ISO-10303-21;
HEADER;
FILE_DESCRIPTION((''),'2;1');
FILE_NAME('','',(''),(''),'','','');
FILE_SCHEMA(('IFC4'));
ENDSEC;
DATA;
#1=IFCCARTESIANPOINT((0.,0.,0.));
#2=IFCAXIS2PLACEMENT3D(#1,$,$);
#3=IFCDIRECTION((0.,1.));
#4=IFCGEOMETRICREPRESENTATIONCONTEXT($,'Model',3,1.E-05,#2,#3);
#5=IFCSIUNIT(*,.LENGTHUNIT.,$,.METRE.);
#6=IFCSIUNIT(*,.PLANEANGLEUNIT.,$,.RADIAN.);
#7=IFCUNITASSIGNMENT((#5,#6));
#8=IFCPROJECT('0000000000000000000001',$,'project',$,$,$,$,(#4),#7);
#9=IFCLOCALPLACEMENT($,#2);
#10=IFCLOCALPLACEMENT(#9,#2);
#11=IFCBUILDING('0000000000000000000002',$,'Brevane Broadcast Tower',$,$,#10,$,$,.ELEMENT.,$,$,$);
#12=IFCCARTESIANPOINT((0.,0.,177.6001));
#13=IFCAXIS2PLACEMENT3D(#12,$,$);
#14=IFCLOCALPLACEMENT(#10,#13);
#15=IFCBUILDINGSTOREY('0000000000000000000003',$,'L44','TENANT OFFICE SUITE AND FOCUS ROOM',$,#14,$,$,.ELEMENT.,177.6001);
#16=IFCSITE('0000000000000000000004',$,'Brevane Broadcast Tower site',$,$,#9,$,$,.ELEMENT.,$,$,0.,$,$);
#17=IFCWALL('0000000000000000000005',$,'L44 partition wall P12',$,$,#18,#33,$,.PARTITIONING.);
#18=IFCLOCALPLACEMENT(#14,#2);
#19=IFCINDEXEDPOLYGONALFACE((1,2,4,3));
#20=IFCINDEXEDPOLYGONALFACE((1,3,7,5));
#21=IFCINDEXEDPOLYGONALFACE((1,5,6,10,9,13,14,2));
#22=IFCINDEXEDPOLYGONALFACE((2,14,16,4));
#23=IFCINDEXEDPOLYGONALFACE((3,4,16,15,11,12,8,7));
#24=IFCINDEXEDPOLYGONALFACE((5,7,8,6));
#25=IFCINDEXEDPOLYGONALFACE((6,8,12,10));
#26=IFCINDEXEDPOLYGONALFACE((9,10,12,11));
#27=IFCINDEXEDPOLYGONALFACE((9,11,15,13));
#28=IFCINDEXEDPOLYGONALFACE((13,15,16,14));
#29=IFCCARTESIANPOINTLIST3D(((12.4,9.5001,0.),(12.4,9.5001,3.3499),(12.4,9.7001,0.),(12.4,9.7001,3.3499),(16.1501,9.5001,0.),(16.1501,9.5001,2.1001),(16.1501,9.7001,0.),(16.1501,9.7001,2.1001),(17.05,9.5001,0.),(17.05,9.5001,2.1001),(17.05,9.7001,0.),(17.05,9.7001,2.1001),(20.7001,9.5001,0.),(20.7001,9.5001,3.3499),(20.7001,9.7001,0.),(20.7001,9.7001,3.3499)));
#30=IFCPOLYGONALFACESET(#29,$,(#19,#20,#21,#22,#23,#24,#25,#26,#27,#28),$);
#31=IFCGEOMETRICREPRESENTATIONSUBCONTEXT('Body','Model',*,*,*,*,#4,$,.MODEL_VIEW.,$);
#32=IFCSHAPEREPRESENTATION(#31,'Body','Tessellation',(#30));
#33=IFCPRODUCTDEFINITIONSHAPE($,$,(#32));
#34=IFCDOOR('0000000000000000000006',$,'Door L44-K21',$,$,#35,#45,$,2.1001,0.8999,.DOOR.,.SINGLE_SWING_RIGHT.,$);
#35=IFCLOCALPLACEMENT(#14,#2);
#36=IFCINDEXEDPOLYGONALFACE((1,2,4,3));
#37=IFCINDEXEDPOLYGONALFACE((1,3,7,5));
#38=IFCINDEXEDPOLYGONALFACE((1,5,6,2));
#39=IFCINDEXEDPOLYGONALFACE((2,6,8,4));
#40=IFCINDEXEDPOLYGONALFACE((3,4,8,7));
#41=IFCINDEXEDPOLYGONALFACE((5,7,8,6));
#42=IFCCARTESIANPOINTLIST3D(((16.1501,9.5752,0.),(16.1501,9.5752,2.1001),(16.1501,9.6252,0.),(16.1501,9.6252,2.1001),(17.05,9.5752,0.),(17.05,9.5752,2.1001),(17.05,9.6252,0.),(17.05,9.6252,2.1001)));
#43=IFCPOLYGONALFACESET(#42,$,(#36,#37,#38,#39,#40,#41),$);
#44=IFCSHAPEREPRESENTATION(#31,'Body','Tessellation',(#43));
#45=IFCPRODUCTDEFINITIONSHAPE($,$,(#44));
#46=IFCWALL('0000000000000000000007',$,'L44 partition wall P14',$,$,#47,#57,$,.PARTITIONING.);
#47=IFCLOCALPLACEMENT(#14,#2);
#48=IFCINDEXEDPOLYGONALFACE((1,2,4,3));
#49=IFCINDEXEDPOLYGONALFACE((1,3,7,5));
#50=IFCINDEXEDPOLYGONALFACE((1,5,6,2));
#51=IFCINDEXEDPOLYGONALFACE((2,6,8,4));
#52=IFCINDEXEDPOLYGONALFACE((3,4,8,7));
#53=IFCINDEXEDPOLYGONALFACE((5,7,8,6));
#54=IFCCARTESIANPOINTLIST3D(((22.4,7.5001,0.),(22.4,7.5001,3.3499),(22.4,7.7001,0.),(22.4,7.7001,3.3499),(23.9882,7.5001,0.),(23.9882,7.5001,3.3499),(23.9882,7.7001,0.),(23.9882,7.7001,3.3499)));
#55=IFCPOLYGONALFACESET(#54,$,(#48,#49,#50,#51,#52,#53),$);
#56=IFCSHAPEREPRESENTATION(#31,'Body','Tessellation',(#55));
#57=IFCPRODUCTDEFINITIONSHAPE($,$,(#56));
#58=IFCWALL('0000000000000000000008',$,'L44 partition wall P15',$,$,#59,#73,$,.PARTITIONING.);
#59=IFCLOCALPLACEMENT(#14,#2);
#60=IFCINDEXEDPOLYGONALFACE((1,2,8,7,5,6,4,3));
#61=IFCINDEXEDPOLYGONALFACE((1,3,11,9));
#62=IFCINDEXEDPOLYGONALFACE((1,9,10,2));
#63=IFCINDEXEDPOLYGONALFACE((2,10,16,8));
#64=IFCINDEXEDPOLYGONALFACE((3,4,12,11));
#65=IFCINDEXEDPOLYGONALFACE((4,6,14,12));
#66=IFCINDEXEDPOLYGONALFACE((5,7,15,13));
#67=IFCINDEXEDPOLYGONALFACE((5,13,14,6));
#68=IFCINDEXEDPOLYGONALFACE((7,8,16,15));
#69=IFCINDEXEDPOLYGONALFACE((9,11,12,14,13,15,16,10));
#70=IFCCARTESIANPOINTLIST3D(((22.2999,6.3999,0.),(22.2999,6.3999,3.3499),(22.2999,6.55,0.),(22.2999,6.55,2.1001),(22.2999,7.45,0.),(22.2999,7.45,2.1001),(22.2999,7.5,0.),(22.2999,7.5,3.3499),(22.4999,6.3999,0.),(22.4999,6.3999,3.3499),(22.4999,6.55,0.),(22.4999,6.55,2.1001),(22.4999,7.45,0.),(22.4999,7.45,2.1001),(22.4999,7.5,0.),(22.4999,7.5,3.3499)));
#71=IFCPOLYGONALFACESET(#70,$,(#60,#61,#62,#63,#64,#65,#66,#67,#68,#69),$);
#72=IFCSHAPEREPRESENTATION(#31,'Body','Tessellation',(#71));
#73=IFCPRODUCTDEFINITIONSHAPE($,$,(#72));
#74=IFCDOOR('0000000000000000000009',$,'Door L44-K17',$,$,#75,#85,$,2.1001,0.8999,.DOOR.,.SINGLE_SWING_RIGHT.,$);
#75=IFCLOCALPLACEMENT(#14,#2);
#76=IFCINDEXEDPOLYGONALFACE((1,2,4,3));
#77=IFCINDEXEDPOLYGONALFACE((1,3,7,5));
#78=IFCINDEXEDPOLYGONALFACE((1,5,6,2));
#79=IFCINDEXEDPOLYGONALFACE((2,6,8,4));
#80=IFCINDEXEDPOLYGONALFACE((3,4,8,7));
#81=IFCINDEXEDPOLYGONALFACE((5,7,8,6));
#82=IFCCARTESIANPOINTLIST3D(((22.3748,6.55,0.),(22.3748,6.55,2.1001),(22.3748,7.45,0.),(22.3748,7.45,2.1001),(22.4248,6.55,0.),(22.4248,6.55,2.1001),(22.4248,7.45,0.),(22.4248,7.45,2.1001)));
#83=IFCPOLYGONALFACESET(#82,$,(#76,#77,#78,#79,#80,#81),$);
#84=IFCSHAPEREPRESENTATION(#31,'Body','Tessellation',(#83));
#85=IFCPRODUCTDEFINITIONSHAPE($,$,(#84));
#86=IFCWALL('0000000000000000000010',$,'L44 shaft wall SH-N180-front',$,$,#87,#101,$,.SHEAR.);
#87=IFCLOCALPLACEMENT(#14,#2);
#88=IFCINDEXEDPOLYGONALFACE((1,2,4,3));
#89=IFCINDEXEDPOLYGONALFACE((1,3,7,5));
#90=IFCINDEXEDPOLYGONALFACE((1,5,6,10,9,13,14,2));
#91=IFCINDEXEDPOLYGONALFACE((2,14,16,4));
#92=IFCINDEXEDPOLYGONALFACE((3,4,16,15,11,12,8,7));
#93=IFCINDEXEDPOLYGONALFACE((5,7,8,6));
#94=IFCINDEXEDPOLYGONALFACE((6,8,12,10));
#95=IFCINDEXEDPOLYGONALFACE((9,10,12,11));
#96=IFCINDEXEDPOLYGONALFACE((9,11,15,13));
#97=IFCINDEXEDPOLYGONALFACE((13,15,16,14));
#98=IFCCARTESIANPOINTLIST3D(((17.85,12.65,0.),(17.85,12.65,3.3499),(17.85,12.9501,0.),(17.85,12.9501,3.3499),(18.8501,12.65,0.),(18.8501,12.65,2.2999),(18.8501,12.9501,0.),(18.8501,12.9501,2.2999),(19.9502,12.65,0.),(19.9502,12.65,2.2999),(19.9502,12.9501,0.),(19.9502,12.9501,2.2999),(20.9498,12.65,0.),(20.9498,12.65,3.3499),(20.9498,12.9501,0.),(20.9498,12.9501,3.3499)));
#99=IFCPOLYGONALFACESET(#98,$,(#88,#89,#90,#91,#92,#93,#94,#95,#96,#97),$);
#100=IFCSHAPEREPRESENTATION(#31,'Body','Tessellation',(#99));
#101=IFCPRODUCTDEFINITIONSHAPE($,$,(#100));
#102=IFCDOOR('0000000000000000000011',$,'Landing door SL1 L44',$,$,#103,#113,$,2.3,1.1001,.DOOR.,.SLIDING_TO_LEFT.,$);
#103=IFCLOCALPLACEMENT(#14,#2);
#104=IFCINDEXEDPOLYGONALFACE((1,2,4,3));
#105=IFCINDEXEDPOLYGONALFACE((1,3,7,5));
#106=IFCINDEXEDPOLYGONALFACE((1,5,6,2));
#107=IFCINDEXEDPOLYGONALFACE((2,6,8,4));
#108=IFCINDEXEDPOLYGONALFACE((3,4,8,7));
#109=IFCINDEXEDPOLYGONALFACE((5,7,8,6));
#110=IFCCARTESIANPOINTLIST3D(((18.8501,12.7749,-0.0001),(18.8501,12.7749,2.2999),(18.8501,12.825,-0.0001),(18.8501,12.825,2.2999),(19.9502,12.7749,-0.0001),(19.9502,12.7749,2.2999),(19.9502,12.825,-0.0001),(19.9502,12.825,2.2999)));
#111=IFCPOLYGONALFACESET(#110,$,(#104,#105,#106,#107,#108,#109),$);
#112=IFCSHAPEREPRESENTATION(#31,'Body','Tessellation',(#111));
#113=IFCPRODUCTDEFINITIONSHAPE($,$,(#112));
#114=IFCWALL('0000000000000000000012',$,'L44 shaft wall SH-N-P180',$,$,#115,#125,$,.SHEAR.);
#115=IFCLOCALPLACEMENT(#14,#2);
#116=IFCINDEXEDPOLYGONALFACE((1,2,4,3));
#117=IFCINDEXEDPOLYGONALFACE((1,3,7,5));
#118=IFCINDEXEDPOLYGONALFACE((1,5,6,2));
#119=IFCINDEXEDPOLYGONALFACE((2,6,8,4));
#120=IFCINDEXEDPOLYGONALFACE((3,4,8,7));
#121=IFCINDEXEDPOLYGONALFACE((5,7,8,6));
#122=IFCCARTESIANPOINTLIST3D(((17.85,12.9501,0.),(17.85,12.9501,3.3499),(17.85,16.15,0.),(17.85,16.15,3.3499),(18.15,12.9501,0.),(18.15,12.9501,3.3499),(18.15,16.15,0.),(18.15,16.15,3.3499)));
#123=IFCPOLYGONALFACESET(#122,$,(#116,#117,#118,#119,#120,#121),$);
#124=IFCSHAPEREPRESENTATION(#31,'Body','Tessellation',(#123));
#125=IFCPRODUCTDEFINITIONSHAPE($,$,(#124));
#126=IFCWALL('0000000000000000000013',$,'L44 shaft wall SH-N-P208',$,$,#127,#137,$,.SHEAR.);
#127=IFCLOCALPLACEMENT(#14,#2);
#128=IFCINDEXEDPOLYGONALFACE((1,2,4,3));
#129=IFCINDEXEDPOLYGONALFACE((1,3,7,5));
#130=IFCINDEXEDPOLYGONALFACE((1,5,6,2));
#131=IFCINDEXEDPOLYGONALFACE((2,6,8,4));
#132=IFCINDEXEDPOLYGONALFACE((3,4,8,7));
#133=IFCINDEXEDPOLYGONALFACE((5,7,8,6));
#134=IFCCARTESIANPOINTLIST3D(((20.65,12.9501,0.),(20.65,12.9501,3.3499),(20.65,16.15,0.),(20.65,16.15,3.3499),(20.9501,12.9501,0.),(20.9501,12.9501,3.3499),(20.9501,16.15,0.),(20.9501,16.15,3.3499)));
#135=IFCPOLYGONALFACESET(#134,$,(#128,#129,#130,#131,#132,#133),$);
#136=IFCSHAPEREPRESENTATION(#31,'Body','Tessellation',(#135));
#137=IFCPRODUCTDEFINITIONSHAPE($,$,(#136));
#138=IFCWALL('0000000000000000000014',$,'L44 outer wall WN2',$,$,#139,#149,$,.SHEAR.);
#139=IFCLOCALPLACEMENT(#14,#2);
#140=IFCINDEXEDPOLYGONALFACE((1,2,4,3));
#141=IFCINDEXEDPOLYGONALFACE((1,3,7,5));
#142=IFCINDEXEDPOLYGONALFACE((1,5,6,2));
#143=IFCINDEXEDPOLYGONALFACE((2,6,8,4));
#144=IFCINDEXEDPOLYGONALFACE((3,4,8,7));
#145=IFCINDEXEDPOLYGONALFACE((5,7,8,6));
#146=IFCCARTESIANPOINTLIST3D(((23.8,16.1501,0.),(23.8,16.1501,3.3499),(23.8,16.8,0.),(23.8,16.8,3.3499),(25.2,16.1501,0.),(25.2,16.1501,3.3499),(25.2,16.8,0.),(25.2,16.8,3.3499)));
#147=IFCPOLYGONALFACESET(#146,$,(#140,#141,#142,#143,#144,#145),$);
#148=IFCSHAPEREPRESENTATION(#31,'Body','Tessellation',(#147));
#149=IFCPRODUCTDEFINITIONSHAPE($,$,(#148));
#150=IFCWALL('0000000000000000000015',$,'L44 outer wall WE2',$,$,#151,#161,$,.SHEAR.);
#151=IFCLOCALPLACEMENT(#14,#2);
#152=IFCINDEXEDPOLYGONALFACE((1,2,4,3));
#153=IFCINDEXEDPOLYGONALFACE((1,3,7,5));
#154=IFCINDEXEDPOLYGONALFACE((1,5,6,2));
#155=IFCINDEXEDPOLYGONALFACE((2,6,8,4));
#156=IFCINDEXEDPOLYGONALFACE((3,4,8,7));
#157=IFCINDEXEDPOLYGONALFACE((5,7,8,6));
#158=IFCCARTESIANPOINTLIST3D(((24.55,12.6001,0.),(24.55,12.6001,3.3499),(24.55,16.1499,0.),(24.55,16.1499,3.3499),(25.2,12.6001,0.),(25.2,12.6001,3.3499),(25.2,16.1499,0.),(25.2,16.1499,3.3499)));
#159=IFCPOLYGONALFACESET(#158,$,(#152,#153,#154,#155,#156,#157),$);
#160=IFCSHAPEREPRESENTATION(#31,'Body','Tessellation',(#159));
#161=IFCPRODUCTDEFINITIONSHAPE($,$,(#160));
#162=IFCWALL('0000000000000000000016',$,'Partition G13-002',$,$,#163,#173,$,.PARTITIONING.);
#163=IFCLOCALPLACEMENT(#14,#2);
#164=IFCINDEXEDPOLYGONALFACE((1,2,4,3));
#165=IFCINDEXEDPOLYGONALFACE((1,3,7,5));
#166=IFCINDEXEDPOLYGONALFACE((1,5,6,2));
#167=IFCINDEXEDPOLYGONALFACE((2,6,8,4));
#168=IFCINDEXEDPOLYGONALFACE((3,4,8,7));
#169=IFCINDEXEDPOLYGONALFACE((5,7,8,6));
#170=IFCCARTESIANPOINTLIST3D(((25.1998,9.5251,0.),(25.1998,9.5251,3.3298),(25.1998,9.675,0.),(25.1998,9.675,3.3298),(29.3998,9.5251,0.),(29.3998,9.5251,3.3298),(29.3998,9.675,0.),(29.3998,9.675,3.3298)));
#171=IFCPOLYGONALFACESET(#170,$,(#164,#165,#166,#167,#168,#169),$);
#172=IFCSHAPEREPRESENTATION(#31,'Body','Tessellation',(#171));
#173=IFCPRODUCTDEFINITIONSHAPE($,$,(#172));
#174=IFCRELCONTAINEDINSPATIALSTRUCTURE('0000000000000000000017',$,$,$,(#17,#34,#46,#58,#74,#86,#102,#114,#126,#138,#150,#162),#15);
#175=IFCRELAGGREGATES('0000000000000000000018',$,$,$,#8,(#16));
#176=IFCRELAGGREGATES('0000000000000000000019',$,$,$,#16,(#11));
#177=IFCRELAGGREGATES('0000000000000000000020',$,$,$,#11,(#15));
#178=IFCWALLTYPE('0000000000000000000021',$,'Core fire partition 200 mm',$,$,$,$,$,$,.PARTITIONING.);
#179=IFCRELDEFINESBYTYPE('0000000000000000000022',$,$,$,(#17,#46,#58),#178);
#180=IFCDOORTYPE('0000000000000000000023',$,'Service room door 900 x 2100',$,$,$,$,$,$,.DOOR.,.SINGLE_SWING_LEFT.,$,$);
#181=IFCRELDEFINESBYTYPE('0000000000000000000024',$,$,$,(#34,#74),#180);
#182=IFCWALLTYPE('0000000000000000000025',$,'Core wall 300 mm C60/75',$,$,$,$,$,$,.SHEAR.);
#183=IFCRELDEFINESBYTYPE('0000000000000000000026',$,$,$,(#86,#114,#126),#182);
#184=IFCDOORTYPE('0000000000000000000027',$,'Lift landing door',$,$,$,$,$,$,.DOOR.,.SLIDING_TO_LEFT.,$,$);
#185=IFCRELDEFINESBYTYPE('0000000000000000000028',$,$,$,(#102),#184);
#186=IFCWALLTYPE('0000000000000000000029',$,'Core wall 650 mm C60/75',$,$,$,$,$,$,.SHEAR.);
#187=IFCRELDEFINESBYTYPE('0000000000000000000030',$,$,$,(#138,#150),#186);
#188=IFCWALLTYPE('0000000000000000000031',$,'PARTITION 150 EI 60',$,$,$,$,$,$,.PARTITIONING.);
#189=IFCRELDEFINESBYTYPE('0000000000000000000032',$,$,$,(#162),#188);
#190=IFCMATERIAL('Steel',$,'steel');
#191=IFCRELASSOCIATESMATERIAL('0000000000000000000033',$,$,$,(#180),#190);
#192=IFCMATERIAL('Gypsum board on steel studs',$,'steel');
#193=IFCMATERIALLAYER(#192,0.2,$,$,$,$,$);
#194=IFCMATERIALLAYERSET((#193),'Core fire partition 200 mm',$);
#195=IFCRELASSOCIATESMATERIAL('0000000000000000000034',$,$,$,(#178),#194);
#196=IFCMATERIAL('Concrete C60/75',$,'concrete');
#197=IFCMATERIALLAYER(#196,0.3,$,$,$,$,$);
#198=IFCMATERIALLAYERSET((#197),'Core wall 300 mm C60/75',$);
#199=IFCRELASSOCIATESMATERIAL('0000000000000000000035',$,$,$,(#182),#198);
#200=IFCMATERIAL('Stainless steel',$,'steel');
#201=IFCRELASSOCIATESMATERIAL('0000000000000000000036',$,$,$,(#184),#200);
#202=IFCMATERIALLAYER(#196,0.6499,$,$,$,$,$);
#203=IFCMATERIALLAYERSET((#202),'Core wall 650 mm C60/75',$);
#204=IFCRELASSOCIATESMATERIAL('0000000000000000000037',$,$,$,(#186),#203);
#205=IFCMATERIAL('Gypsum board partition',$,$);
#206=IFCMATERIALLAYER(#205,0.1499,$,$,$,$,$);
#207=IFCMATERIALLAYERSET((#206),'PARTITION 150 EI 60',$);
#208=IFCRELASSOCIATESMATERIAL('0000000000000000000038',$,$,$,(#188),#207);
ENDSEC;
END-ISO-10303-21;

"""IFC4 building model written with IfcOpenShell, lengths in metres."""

from ifc_helpers import new_model, si_unit, direction, frame, frame_2d, origin, place, context, subcontext, project, spatial, rectangle, extrude, material, layer, layer_set, type_object, element, fill, save


model = new_model("IFC4")

# Units and contexts
model_context = context("Model", 3, precision=1e-05, world=origin(), true_north=direction((0.0, 1.0)))
body_context = subcontext(model_context, "Body", "Model", "MODEL_VIEW")
ifc_project = project(units=[si_unit("LENGTHUNIT", "METRE"), si_unit("PLANEANGLEUNIT", "RADIAN")], contexts=[model_context])

# Site, building, storey
site_placement = place(None, origin())
site = spatial("IfcSite", under=ifc_project, at=site_placement, Name="Brevane Broadcast Tower site", CompositionType="ELEMENT", RefElevation=0.0)
building_placement = place(site_placement, origin())
building = spatial("IfcBuilding", under=site, at=building_placement, Name="Brevane Broadcast Tower", CompositionType="ELEMENT")
storey_placement = place(building_placement, frame((0.0, 0.0, 177.6001)))
storey = spatial("IfcBuildingStorey", under=building, at=storey_placement, Name="L44", Description="TENANT OFFICE SUITE AND FOCUS ROOM", CompositionType="ELEMENT", Elevation=177.6001)

# Shared definitions
ifc_material_1 = material(Name="Concrete C60/75", Category="concrete")

# Shared definitions
ifc_material_2 = material(Name="Gypsum board on steel studs", Category="steel")
ifc_material_3 = material(Name="Steel", Category="steel")

# Wall, opening, door
door_type_1 = type_object("IfcDoorType", Name="Service room door 900 x 2100", OperationType="SINGLE_SWING_LEFT", PredefinedType="DOOR", material=ifc_material_3)
ifc_layer_1 = layer(ifc_material_2, 0.2)
ifc_layer_set_1 = layer_set([ifc_layer_1], Name="Core fire partition 200 mm")
wall_type_1 = type_object("IfcWallType", Name="Core fire partition 200 mm", PredefinedType="PARTITIONING", material=ifc_layer_set_1)
wall_1_placement = place(storey_placement, frame((20.7, 9.6001, 0.0), z_axis=(0.0, 0.0, 1.0), x_axis=(-1.0, 0.0, 0.0)))
wall_1 = element("IfcWall", 1, at=wall_1_placement, inside=storey, type_object=wall_type_1, Name="L44 partition wall P12", PredefinedType="PARTITIONING", context=body_context, shape_type="SweptSolid", body=[
    extrude(rectangle(XDim=8.3, YDim=0.2, at=frame_2d((4.1499, 0.0))), origin(), (0.0, 0.0, 1.0), 3.3499),
])
opening_1_placement = place(wall_1_placement, frame((3.6499, 0.0, 0.0)))
opening_1 = element("IfcOpeningElement", 2, at=opening_1_placement, cuts=wall_1, PredefinedType="OPENING", context=body_context, shape_type="SweptSolid", body=[
    extrude(rectangle(XDim=0.8999, YDim=2.1001, at=frame_2d((0.45, 1.05))), frame((0.0, 0.1099, 0.0), z_axis=(0.0, -1.0, 0.0), x_axis=(1.0, 0.0, 0.0)), (0.0, 0.0, 1.0), 0.22),
])
door_1_placement = place(opening_1_placement, origin())
door_1 = element("IfcDoor", 3, at=door_1_placement, inside=storey, type_object=door_type_1, Name="Door L44-K21", OperationType="SINGLE_SWING_RIGHT", OverallHeight=2.1001, OverallWidth=0.8999, PredefinedType="DOOR", context=body_context, shape_type="SweptSolid", body=[
    extrude(rectangle(XDim=0.8999, YDim=2.1001, at=frame_2d((0.45, 1.05))), frame((0.0, 0.0249, 0.0), z_axis=(0.0, -1.0, 0.0), x_axis=(1.0, 0.0, 0.0)), (0.0, 0.0, 1.0), 0.05),
])
fill(opening_1, door_1)

# Wall
wall_2_placement = place(storey_placement, frame((23.988, 7.6001, 0.0), z_axis=(0.0, 0.0, 1.0), x_axis=(-1.0, 0.0, 0.0)))
element("IfcWall", 4, at=wall_2_placement, inside=storey, type_object=wall_type_1, Name="L44 partition wall P14", PredefinedType="PARTITIONING", context=body_context, shape_type="SweptSolid", body=[
    extrude(rectangle(XDim=1.5881, YDim=0.2, at=frame_2d((0.7939, 0.0))), origin(), (0.0, 0.0, 1.0), 3.3499),
])

# Walls, openings, doors
wall_3_placement = place(storey_placement, frame((22.3999, 7.5, 0.0), z_axis=(0.0, 0.0, 1.0), x_axis=(0.0, -1.0, 0.0)))
wall_3 = element("IfcWall", 5, at=wall_3_placement, inside=storey, type_object=wall_type_1, Name="L44 partition wall P15", PredefinedType="PARTITIONING", context=body_context, shape_type="SweptSolid", body=[
    extrude(rectangle(XDim=1.1001, YDim=0.2, at=frame_2d((0.55, 0.0))), origin(), (0.0, 0.0, 1.0), 3.3499),
])
opening_2_placement = place(wall_3_placement, frame((0.05, 0.0, 0.0)))
opening_2 = element("IfcOpeningElement", 6, at=opening_2_placement, cuts=wall_3, PredefinedType="OPENING", context=body_context, shape_type="SweptSolid", body=[
    extrude(rectangle(XDim=0.8999, YDim=2.1001, at=frame_2d((0.45, 1.05))), frame((0.0, 0.1099, 0.0), z_axis=(0.0, -1.0, 0.0), x_axis=(1.0, 0.0, 0.0)), (0.0, 0.0, 1.0), 0.22),
])
door_2_placement = place(opening_2_placement, origin())
door_2 = element("IfcDoor", 7, at=door_2_placement, inside=storey, type_object=door_type_1, Name="Door L44-K17", OperationType="SINGLE_SWING_RIGHT", OverallHeight=2.1001, OverallWidth=0.8999, PredefinedType="DOOR", context=body_context, shape_type="SweptSolid", body=[
    extrude(rectangle(XDim=0.8999, YDim=2.1001, at=frame_2d((0.45, 1.05))), frame((0.0, 0.0249, 0.0), z_axis=(0.0, -1.0, 0.0), x_axis=(1.0, 0.0, 0.0)), (0.0, 0.0, 1.0), 0.05),
])
fill(opening_2, door_2)
ifc_layer_2 = layer(ifc_material_1, 0.3)
ifc_layer_set_2 = layer_set([ifc_layer_2], Name="Core wall 300 mm C60/75")
wall_type_2 = type_object("IfcWallType", Name="Core wall 300 mm C60/75", PredefinedType="SHEAR", material=ifc_layer_set_2)
wall_4_placement = place(storey_placement, frame((17.8501, 12.8, 0.0), z_axis=(0.0, 0.0, 1.0), x_axis=(1.0, 0.0, 0.0)))
wall_4 = element("IfcWall", 8, at=wall_4_placement, inside=storey, type_object=wall_type_2, Name="L44 shaft wall SH-N180-front", PredefinedType="SHEAR", context=body_context, shape_type="SweptSolid", body=[
    extrude(rectangle(XDim=3.0999, YDim=0.3, at=frame_2d((1.5498, 0.0))), origin(), (0.0, 0.0, 1.0), 3.3499),
])
opening_3_placement = place(wall_4_placement, frame((1.0, 0.0, 0.0)))
opening_3 = element("IfcOpeningElement", 9, at=opening_3_placement, cuts=wall_4, PredefinedType="OPENING", context=body_context, shape_type="SweptSolid", body=[
    extrude(rectangle(XDim=1.1001, YDim=2.3, at=frame_2d((0.55, 1.1499))), frame((0.0, 0.1599, 0.0), z_axis=(0.0, -1.0, 0.0), x_axis=(1.0, 0.0, 0.0)), (0.0, 0.0, 1.0), 0.3201),
])
ifc_material_4 = material(Name="Stainless steel", Category="steel")
door_type_2 = type_object("IfcDoorType", Name="Lift landing door", OperationType="SLIDING_TO_LEFT", PredefinedType="DOOR", material=ifc_material_4)
door_3_placement = place(opening_3_placement, origin())
door_3 = element("IfcDoor", 10, at=door_3_placement, inside=storey, type_object=door_type_2, Name="Landing door SL1 L44", OperationType="SLIDING_TO_LEFT", OverallHeight=2.3, OverallWidth=1.1001, PredefinedType="DOOR", context=body_context, shape_type="SweptSolid", body=[
    extrude(rectangle(XDim=1.1001, YDim=2.3, at=frame_2d((0.55, 1.1499))), frame((0.0, 0.0249, 0.0), z_axis=(0.0, -1.0, 0.0), x_axis=(1.0, 0.0, 0.0)), (0.0, 0.0, 1.0), 0.05),
])
fill(opening_3, door_3)

# Walls
for number, where, z_axis, x_axis, name in (
    (11, (18.0, 12.95, 0.0), (0.0, 0.0, 1.0), (0.0, 1.0, 0.0), "L44 shaft wall SH-N-P180"),
    (12, (20.8, 12.95, 0.0), (0.0, 0.0, 1.0), (0.0, 1.0, 0.0), "L44 shaft wall SH-N-P208"),
):
    element("IfcWall", number, at=place(storey_placement, frame(where, z_axis=z_axis, x_axis=x_axis)), inside=storey, type_object=wall_type_2, Name=name, PredefinedType="SHEAR", context=body_context, shape_type="SweptSolid", body=[
        extrude(rectangle(XDim=3.2, YDim=0.3, at=frame_2d((1.6001, 0.0))), origin(), (0.0, 0.0, 1.0), 3.3499),
    ])
ifc_layer_3 = layer(ifc_material_1, 0.6499)
ifc_layer_set_3 = layer_set([ifc_layer_3], Name="Core wall 650 mm C60/75")
wall_type_3 = type_object("IfcWallType", Name="Core wall 650 mm C60/75", PredefinedType="SHEAR", material=ifc_layer_set_3)
wall_5_placement = place(storey_placement, frame((23.8, 16.4751, 0.0), z_axis=(0.0, 0.0, 1.0), x_axis=(1.0, 0.0, 0.0)))
element("IfcWall", 13, at=wall_5_placement, inside=storey, type_object=wall_type_3, Name="L44 outer wall WN2", PredefinedType="SHEAR", context=body_context, shape_type="SweptSolid", body=[
    extrude(rectangle(XDim=1.3999, YDim=0.6499, at=frame_2d((0.7, 0.0))), origin(), (0.0, 0.0, 1.0), 3.3499),
])
wall_6_placement = place(storey_placement, frame((24.875, 12.6001, 0.0), z_axis=(0.0, 0.0, 1.0), x_axis=(0.0, 1.0, 0.0)))
element("IfcWall", 14, at=wall_6_placement, inside=storey, type_object=wall_type_3, Name="L44 outer wall WE2", PredefinedType="SHEAR", context=body_context, shape_type="SweptSolid", body=[
    extrude(rectangle(XDim=3.5498, YDim=0.6499, at=frame_2d((1.7749, 0.0))), origin(), (0.0, 0.0, 1.0), 3.3499),
])
ifc_material_5 = material(Name="Gypsum board partition")
ifc_layer_4 = layer(ifc_material_5, 0.1499)
ifc_layer_set_4 = layer_set([ifc_layer_4], Name="PARTITION 150 EI 60")
wall_type_4 = type_object("IfcWallType", Name="PARTITION 150 EI 60", PredefinedType="PARTITIONING", material=ifc_layer_set_4)
wall_7_placement = place(storey_placement, frame((29.3999, 9.6001, 0.0), z_axis=(0.0, 0.0, 1.0), x_axis=(-1.0, 0.0, 0.0)))
element("IfcWall", 15, at=wall_7_placement, inside=storey, type_object=wall_type_4, Name="Partition G13-002", PredefinedType="PARTITIONING", context=body_context, shape_type="SweptSolid", body=[
    extrude(rectangle(XDim=4.2, YDim=0.1499, at=frame_2d((2.1001, 0.0))), origin(), (0.0, 0.0, 1.0), 3.3298),
])

save(model, "model.ifc")
